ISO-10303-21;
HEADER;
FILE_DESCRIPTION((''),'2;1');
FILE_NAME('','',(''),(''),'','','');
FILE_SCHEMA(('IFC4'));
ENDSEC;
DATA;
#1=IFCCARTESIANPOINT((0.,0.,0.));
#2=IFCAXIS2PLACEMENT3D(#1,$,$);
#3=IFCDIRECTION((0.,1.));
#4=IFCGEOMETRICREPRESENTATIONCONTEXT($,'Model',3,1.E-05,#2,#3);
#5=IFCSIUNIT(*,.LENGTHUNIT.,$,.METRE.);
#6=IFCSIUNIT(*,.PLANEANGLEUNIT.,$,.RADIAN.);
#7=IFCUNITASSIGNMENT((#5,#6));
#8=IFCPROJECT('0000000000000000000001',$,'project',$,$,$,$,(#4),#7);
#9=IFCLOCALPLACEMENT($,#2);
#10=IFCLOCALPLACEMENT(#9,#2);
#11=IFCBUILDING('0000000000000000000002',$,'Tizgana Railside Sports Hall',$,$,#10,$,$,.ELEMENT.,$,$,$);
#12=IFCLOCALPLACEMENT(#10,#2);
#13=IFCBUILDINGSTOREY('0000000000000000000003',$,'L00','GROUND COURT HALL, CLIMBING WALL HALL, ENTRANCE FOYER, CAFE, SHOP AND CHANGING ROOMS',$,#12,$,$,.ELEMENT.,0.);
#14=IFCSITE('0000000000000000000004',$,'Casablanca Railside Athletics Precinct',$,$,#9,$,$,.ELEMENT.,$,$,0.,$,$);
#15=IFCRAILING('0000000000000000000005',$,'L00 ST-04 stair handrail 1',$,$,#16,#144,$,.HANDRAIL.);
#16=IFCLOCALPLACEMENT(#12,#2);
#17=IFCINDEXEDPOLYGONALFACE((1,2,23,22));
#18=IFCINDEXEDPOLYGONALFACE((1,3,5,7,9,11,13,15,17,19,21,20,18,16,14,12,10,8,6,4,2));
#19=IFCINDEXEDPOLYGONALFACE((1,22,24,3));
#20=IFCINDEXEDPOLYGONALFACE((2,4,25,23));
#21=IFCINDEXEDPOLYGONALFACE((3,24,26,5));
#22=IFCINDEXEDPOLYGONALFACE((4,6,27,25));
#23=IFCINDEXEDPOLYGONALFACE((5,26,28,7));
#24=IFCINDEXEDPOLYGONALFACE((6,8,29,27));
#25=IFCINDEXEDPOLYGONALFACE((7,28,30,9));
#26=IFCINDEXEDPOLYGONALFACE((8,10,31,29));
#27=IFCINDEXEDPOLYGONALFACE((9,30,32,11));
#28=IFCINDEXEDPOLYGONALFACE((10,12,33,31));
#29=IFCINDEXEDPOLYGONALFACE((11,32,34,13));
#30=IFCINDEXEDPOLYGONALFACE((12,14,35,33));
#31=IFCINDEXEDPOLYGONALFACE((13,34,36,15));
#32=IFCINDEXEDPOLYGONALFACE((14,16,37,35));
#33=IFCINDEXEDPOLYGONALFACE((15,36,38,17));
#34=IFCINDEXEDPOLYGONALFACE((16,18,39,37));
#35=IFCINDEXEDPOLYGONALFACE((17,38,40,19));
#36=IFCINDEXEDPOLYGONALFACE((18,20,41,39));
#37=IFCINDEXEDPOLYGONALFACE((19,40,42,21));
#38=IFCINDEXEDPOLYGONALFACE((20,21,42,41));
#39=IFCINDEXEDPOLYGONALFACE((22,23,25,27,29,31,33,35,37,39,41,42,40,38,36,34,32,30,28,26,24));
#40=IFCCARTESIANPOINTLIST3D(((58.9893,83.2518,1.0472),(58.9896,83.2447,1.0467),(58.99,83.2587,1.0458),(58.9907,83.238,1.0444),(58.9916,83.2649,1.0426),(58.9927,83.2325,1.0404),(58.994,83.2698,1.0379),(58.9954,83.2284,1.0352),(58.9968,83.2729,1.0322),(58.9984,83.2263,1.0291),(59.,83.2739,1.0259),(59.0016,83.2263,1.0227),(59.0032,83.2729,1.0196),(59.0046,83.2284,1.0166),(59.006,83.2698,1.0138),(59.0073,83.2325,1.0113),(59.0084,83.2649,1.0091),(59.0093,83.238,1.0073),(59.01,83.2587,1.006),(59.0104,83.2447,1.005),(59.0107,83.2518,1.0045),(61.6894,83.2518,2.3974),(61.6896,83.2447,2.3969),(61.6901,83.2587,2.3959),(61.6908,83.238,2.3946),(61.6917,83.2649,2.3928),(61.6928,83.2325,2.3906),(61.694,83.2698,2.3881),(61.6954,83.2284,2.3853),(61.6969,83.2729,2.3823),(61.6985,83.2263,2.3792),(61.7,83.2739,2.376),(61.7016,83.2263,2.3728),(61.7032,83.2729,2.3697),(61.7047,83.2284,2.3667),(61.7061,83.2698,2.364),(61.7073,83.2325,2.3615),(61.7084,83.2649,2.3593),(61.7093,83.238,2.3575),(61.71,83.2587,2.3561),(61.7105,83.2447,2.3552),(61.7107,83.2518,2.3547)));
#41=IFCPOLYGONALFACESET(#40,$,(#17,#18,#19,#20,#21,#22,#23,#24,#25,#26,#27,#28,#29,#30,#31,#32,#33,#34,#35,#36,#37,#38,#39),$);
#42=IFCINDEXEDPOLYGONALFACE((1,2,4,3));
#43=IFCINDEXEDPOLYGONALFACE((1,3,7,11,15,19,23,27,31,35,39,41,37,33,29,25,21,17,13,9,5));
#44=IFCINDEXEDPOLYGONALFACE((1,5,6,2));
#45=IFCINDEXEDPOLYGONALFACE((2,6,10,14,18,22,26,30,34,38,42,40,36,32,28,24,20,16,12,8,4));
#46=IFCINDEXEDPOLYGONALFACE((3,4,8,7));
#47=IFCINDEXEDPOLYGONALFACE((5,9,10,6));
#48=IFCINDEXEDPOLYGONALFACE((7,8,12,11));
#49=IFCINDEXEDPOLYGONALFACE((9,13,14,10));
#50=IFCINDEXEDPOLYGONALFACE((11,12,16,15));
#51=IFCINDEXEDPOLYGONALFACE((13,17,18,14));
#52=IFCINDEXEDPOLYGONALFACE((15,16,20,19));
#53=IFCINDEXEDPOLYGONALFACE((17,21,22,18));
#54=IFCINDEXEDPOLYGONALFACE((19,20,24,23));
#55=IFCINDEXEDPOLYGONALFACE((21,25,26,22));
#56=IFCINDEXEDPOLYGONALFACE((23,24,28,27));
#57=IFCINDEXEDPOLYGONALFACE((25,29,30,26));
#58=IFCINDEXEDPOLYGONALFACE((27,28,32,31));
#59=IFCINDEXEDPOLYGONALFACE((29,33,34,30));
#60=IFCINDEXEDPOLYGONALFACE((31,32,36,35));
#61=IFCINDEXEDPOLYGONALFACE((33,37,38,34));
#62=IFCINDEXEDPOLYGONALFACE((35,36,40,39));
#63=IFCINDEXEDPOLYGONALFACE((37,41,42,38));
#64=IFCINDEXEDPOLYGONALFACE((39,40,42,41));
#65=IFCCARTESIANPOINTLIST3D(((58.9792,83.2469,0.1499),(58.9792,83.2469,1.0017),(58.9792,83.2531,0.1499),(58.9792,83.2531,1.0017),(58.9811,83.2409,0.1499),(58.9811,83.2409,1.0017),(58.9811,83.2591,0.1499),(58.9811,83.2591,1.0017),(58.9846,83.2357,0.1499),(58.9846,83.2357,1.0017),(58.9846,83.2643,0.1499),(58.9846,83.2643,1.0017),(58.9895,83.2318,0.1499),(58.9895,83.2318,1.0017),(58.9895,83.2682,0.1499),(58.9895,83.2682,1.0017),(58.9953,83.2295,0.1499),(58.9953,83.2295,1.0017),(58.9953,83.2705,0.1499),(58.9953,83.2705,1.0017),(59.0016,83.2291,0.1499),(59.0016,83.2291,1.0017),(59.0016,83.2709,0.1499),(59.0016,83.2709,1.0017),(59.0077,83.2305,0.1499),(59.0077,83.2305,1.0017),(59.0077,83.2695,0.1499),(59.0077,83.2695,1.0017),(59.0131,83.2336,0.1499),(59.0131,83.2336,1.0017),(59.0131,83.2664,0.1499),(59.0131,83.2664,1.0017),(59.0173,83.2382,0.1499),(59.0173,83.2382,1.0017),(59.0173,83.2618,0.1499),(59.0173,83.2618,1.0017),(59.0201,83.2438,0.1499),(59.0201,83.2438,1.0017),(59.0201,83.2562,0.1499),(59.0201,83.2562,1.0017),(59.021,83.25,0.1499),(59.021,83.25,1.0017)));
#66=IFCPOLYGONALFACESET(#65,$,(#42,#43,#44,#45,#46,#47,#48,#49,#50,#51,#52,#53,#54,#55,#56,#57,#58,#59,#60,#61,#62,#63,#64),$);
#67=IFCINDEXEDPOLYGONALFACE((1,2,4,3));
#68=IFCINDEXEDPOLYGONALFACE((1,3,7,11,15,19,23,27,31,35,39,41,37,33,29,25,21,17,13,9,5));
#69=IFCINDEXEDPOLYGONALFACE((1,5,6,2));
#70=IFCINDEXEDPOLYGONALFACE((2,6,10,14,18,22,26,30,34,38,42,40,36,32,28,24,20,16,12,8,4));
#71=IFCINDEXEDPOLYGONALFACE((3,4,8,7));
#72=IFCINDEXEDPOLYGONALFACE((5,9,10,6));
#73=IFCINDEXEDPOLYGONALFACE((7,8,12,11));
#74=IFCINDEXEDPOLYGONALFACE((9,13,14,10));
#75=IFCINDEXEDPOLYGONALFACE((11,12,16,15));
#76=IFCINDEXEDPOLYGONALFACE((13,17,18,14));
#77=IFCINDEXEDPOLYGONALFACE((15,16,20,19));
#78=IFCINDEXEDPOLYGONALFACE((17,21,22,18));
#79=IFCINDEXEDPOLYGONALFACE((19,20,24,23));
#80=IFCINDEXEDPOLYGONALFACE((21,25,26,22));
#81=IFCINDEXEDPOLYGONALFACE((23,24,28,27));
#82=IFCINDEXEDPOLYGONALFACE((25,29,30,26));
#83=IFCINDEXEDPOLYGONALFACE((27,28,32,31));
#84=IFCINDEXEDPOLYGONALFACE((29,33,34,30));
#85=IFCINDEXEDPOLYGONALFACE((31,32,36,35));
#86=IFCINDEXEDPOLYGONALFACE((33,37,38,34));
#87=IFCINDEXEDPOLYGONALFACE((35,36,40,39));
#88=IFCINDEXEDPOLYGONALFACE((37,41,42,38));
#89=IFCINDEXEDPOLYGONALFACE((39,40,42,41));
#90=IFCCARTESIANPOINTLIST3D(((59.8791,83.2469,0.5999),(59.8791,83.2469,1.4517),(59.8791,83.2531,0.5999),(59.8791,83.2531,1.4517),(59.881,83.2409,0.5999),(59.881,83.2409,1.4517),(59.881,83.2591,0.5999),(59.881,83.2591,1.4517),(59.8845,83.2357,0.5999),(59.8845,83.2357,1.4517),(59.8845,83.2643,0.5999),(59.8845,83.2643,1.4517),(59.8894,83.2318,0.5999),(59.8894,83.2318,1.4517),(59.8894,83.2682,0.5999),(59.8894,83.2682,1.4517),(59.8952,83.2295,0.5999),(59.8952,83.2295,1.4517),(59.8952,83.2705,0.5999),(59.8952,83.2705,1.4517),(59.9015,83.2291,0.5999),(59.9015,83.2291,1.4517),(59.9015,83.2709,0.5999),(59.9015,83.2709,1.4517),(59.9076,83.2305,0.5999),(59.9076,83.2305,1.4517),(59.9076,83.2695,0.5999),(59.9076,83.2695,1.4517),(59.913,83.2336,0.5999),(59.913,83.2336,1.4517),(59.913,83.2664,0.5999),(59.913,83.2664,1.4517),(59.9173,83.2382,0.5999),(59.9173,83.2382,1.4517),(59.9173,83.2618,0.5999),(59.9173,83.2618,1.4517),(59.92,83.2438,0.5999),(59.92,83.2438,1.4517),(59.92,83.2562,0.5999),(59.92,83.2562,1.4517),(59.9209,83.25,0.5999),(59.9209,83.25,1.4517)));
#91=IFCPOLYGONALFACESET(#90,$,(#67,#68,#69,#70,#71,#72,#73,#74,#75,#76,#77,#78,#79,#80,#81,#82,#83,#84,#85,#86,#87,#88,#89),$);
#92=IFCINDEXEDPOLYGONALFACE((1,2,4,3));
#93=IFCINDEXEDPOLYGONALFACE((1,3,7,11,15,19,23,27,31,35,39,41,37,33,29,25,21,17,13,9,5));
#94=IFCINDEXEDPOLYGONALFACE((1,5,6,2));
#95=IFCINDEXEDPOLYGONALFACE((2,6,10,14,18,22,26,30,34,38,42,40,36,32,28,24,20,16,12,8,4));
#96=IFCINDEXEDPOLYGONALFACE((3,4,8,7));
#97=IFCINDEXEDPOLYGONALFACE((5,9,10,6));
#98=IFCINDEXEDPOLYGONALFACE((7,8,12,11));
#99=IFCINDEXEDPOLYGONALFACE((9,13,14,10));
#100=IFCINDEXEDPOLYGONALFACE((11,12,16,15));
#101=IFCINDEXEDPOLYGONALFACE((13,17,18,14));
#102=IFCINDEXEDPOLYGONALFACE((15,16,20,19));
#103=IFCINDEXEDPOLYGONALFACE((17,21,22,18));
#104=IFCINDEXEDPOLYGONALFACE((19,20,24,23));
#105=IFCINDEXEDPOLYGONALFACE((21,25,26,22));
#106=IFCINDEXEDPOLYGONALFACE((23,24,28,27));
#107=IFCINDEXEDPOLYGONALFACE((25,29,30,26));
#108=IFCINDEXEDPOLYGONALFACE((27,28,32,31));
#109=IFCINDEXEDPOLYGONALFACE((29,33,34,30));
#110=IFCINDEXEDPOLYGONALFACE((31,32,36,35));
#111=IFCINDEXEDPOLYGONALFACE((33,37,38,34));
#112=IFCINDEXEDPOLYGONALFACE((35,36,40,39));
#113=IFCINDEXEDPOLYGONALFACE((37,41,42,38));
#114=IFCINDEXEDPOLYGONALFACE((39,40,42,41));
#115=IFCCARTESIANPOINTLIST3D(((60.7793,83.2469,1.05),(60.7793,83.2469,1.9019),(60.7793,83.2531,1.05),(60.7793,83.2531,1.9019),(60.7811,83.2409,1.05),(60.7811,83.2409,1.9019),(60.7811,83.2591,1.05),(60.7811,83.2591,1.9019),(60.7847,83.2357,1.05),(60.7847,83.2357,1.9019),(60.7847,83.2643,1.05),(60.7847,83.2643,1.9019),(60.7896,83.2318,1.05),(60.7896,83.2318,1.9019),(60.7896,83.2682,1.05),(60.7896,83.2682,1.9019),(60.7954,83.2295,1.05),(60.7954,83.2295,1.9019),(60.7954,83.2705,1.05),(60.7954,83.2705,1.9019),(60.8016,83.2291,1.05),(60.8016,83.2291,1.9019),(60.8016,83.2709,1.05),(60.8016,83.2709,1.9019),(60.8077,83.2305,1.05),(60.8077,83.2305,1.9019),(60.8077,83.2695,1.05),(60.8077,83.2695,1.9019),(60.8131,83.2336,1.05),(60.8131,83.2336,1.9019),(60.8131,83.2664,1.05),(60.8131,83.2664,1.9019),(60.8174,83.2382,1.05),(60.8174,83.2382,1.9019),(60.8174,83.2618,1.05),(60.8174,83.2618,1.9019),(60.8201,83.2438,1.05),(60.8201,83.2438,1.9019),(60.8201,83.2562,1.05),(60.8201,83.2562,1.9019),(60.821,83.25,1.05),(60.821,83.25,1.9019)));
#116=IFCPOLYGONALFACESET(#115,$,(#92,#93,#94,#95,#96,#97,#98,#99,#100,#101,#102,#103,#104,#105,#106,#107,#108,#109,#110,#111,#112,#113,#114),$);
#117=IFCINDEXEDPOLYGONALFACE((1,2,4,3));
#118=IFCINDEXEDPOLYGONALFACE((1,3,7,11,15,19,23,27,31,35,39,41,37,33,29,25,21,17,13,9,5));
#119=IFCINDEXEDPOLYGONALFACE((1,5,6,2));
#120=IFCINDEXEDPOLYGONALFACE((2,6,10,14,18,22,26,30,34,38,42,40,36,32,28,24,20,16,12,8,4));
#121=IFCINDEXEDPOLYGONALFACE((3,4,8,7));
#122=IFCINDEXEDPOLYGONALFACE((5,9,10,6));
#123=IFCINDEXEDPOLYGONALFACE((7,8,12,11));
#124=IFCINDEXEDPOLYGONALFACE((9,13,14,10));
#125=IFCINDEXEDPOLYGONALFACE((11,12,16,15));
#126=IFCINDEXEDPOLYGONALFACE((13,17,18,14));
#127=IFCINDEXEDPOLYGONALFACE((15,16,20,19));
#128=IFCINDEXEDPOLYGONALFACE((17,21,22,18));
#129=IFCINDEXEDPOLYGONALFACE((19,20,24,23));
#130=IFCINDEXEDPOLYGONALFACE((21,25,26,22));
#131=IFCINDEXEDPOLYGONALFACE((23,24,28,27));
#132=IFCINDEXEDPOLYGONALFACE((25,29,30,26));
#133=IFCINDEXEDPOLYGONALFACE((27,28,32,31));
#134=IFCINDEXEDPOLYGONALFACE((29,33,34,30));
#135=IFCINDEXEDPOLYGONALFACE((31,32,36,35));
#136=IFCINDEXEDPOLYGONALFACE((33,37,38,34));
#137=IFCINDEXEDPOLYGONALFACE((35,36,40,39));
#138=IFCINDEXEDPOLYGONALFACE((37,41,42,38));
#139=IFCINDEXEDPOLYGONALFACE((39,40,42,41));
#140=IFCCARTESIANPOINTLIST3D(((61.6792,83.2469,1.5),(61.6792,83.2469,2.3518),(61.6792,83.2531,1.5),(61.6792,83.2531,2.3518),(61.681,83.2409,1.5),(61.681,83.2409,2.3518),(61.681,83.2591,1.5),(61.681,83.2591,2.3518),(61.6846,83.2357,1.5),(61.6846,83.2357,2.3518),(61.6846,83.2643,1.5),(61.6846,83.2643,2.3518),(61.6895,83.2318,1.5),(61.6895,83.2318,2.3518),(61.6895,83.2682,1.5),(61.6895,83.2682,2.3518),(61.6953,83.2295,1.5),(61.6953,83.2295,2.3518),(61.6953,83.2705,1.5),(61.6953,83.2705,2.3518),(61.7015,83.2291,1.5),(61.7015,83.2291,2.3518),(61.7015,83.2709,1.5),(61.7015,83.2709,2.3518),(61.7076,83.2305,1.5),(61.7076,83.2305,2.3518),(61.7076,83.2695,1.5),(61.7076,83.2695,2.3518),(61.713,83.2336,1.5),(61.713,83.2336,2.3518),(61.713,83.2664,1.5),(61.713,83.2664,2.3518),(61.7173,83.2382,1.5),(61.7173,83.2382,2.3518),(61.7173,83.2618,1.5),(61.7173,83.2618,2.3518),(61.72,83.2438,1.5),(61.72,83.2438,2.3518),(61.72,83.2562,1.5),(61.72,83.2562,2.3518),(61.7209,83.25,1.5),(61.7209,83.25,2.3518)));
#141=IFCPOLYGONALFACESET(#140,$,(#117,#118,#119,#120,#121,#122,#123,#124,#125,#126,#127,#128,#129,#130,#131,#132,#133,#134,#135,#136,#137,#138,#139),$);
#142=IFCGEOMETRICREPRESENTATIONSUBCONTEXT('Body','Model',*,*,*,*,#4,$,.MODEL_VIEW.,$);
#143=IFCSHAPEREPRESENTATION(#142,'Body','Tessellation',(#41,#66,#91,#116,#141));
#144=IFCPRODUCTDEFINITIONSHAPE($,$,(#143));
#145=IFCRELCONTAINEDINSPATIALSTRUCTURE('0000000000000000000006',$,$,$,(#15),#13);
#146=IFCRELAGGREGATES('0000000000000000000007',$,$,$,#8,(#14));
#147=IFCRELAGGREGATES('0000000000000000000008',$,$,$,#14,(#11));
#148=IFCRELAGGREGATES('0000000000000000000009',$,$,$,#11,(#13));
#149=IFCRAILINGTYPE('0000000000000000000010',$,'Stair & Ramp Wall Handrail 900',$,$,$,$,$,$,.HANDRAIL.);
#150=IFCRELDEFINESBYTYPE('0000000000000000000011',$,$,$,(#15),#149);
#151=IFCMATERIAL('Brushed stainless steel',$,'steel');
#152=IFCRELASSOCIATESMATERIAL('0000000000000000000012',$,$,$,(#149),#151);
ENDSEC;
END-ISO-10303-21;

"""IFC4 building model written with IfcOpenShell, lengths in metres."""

from ifc_helpers import new_model, si_unit, direction, frame, origin, origin_2d, place, context, subcontext, project, spatial, circle, extrude, material, type_object, element, save


model = new_model("IFC4")

# Units and contexts
model_context = context("Model", 3, precision=1e-05, world=origin(), true_north=direction((0.0, 1.0)))
body_context = subcontext(model_context, "Body", "Model", "MODEL_VIEW")
ifc_project = project(units=[si_unit("LENGTHUNIT", "METRE"), si_unit("PLANEANGLEUNIT", "RADIAN")], contexts=[model_context])

# Site, building, storey
site_placement = place(None, origin())
site = spatial("IfcSite", under=ifc_project, at=site_placement, Name="Casablanca Railside Athletics Precinct", CompositionType="ELEMENT", RefElevation=0.0)
building_placement = place(site_placement, origin())
building = spatial("IfcBuilding", under=site, at=building_placement, Name="Tizgana Railside Sports Hall", CompositionType="ELEMENT")
storey_placement = place(building_placement, origin())
storey = spatial("IfcBuildingStorey", under=building, at=storey_placement, Name="L00", Description="GROUND COURT HALL, CLIMBING WALL HALL, ENTRANCE FOYER, CAFE, SHOP AND CHANGING ROOMS", CompositionType="ELEMENT", Elevation=0.0)

# Railing
ifc_material_1 = material(Name="Brushed stainless steel", Category="steel")
railing_type_1 = type_object("IfcRailingType", Name="Stair & Ramp Wall Handrail 900", PredefinedType="HANDRAIL", material=ifc_material_1)
railing_1_placement = place(storey_placement, frame((59.0, 83.25, 0.1499)))
element("IfcRailing", 1, at=railing_1_placement, inside=storey, type_object=railing_type_1, Name="L00 ST-04 stair handrail 1", PredefinedType="HANDRAIL", context=body_context, shape_type="SweptSolid", body=[
    extrude(circle(Radius=0.0239, at=origin_2d()), frame((0.0, 0.0, 0.876), z_axis=(0.894411, 0.0, 0.447246), x_axis=(0.0, 1.0, 0.0)), (0.0, 0.0, 1.0), 3.0188),
    extrude(circle(Radius=0.021, at=origin_2d()), origin(), (0.0, 0.0, 1.0), 0.8518),
    extrude(circle(Radius=0.021, at=origin_2d()), frame((0.8999, 0.0, 0.45)), (0.0, 0.0, 1.0), 0.8518),
    extrude(circle(Radius=0.021, at=origin_2d()), frame((1.8, 0.0, 0.9001)), (0.0, 0.0, 1.0), 0.8518),
    extrude(circle(Radius=0.021, at=origin_2d()), frame((2.7, 0.0, 1.3501)), (0.0, 0.0, 1.0), 0.8518),
])

save(model, "model.ifc")
